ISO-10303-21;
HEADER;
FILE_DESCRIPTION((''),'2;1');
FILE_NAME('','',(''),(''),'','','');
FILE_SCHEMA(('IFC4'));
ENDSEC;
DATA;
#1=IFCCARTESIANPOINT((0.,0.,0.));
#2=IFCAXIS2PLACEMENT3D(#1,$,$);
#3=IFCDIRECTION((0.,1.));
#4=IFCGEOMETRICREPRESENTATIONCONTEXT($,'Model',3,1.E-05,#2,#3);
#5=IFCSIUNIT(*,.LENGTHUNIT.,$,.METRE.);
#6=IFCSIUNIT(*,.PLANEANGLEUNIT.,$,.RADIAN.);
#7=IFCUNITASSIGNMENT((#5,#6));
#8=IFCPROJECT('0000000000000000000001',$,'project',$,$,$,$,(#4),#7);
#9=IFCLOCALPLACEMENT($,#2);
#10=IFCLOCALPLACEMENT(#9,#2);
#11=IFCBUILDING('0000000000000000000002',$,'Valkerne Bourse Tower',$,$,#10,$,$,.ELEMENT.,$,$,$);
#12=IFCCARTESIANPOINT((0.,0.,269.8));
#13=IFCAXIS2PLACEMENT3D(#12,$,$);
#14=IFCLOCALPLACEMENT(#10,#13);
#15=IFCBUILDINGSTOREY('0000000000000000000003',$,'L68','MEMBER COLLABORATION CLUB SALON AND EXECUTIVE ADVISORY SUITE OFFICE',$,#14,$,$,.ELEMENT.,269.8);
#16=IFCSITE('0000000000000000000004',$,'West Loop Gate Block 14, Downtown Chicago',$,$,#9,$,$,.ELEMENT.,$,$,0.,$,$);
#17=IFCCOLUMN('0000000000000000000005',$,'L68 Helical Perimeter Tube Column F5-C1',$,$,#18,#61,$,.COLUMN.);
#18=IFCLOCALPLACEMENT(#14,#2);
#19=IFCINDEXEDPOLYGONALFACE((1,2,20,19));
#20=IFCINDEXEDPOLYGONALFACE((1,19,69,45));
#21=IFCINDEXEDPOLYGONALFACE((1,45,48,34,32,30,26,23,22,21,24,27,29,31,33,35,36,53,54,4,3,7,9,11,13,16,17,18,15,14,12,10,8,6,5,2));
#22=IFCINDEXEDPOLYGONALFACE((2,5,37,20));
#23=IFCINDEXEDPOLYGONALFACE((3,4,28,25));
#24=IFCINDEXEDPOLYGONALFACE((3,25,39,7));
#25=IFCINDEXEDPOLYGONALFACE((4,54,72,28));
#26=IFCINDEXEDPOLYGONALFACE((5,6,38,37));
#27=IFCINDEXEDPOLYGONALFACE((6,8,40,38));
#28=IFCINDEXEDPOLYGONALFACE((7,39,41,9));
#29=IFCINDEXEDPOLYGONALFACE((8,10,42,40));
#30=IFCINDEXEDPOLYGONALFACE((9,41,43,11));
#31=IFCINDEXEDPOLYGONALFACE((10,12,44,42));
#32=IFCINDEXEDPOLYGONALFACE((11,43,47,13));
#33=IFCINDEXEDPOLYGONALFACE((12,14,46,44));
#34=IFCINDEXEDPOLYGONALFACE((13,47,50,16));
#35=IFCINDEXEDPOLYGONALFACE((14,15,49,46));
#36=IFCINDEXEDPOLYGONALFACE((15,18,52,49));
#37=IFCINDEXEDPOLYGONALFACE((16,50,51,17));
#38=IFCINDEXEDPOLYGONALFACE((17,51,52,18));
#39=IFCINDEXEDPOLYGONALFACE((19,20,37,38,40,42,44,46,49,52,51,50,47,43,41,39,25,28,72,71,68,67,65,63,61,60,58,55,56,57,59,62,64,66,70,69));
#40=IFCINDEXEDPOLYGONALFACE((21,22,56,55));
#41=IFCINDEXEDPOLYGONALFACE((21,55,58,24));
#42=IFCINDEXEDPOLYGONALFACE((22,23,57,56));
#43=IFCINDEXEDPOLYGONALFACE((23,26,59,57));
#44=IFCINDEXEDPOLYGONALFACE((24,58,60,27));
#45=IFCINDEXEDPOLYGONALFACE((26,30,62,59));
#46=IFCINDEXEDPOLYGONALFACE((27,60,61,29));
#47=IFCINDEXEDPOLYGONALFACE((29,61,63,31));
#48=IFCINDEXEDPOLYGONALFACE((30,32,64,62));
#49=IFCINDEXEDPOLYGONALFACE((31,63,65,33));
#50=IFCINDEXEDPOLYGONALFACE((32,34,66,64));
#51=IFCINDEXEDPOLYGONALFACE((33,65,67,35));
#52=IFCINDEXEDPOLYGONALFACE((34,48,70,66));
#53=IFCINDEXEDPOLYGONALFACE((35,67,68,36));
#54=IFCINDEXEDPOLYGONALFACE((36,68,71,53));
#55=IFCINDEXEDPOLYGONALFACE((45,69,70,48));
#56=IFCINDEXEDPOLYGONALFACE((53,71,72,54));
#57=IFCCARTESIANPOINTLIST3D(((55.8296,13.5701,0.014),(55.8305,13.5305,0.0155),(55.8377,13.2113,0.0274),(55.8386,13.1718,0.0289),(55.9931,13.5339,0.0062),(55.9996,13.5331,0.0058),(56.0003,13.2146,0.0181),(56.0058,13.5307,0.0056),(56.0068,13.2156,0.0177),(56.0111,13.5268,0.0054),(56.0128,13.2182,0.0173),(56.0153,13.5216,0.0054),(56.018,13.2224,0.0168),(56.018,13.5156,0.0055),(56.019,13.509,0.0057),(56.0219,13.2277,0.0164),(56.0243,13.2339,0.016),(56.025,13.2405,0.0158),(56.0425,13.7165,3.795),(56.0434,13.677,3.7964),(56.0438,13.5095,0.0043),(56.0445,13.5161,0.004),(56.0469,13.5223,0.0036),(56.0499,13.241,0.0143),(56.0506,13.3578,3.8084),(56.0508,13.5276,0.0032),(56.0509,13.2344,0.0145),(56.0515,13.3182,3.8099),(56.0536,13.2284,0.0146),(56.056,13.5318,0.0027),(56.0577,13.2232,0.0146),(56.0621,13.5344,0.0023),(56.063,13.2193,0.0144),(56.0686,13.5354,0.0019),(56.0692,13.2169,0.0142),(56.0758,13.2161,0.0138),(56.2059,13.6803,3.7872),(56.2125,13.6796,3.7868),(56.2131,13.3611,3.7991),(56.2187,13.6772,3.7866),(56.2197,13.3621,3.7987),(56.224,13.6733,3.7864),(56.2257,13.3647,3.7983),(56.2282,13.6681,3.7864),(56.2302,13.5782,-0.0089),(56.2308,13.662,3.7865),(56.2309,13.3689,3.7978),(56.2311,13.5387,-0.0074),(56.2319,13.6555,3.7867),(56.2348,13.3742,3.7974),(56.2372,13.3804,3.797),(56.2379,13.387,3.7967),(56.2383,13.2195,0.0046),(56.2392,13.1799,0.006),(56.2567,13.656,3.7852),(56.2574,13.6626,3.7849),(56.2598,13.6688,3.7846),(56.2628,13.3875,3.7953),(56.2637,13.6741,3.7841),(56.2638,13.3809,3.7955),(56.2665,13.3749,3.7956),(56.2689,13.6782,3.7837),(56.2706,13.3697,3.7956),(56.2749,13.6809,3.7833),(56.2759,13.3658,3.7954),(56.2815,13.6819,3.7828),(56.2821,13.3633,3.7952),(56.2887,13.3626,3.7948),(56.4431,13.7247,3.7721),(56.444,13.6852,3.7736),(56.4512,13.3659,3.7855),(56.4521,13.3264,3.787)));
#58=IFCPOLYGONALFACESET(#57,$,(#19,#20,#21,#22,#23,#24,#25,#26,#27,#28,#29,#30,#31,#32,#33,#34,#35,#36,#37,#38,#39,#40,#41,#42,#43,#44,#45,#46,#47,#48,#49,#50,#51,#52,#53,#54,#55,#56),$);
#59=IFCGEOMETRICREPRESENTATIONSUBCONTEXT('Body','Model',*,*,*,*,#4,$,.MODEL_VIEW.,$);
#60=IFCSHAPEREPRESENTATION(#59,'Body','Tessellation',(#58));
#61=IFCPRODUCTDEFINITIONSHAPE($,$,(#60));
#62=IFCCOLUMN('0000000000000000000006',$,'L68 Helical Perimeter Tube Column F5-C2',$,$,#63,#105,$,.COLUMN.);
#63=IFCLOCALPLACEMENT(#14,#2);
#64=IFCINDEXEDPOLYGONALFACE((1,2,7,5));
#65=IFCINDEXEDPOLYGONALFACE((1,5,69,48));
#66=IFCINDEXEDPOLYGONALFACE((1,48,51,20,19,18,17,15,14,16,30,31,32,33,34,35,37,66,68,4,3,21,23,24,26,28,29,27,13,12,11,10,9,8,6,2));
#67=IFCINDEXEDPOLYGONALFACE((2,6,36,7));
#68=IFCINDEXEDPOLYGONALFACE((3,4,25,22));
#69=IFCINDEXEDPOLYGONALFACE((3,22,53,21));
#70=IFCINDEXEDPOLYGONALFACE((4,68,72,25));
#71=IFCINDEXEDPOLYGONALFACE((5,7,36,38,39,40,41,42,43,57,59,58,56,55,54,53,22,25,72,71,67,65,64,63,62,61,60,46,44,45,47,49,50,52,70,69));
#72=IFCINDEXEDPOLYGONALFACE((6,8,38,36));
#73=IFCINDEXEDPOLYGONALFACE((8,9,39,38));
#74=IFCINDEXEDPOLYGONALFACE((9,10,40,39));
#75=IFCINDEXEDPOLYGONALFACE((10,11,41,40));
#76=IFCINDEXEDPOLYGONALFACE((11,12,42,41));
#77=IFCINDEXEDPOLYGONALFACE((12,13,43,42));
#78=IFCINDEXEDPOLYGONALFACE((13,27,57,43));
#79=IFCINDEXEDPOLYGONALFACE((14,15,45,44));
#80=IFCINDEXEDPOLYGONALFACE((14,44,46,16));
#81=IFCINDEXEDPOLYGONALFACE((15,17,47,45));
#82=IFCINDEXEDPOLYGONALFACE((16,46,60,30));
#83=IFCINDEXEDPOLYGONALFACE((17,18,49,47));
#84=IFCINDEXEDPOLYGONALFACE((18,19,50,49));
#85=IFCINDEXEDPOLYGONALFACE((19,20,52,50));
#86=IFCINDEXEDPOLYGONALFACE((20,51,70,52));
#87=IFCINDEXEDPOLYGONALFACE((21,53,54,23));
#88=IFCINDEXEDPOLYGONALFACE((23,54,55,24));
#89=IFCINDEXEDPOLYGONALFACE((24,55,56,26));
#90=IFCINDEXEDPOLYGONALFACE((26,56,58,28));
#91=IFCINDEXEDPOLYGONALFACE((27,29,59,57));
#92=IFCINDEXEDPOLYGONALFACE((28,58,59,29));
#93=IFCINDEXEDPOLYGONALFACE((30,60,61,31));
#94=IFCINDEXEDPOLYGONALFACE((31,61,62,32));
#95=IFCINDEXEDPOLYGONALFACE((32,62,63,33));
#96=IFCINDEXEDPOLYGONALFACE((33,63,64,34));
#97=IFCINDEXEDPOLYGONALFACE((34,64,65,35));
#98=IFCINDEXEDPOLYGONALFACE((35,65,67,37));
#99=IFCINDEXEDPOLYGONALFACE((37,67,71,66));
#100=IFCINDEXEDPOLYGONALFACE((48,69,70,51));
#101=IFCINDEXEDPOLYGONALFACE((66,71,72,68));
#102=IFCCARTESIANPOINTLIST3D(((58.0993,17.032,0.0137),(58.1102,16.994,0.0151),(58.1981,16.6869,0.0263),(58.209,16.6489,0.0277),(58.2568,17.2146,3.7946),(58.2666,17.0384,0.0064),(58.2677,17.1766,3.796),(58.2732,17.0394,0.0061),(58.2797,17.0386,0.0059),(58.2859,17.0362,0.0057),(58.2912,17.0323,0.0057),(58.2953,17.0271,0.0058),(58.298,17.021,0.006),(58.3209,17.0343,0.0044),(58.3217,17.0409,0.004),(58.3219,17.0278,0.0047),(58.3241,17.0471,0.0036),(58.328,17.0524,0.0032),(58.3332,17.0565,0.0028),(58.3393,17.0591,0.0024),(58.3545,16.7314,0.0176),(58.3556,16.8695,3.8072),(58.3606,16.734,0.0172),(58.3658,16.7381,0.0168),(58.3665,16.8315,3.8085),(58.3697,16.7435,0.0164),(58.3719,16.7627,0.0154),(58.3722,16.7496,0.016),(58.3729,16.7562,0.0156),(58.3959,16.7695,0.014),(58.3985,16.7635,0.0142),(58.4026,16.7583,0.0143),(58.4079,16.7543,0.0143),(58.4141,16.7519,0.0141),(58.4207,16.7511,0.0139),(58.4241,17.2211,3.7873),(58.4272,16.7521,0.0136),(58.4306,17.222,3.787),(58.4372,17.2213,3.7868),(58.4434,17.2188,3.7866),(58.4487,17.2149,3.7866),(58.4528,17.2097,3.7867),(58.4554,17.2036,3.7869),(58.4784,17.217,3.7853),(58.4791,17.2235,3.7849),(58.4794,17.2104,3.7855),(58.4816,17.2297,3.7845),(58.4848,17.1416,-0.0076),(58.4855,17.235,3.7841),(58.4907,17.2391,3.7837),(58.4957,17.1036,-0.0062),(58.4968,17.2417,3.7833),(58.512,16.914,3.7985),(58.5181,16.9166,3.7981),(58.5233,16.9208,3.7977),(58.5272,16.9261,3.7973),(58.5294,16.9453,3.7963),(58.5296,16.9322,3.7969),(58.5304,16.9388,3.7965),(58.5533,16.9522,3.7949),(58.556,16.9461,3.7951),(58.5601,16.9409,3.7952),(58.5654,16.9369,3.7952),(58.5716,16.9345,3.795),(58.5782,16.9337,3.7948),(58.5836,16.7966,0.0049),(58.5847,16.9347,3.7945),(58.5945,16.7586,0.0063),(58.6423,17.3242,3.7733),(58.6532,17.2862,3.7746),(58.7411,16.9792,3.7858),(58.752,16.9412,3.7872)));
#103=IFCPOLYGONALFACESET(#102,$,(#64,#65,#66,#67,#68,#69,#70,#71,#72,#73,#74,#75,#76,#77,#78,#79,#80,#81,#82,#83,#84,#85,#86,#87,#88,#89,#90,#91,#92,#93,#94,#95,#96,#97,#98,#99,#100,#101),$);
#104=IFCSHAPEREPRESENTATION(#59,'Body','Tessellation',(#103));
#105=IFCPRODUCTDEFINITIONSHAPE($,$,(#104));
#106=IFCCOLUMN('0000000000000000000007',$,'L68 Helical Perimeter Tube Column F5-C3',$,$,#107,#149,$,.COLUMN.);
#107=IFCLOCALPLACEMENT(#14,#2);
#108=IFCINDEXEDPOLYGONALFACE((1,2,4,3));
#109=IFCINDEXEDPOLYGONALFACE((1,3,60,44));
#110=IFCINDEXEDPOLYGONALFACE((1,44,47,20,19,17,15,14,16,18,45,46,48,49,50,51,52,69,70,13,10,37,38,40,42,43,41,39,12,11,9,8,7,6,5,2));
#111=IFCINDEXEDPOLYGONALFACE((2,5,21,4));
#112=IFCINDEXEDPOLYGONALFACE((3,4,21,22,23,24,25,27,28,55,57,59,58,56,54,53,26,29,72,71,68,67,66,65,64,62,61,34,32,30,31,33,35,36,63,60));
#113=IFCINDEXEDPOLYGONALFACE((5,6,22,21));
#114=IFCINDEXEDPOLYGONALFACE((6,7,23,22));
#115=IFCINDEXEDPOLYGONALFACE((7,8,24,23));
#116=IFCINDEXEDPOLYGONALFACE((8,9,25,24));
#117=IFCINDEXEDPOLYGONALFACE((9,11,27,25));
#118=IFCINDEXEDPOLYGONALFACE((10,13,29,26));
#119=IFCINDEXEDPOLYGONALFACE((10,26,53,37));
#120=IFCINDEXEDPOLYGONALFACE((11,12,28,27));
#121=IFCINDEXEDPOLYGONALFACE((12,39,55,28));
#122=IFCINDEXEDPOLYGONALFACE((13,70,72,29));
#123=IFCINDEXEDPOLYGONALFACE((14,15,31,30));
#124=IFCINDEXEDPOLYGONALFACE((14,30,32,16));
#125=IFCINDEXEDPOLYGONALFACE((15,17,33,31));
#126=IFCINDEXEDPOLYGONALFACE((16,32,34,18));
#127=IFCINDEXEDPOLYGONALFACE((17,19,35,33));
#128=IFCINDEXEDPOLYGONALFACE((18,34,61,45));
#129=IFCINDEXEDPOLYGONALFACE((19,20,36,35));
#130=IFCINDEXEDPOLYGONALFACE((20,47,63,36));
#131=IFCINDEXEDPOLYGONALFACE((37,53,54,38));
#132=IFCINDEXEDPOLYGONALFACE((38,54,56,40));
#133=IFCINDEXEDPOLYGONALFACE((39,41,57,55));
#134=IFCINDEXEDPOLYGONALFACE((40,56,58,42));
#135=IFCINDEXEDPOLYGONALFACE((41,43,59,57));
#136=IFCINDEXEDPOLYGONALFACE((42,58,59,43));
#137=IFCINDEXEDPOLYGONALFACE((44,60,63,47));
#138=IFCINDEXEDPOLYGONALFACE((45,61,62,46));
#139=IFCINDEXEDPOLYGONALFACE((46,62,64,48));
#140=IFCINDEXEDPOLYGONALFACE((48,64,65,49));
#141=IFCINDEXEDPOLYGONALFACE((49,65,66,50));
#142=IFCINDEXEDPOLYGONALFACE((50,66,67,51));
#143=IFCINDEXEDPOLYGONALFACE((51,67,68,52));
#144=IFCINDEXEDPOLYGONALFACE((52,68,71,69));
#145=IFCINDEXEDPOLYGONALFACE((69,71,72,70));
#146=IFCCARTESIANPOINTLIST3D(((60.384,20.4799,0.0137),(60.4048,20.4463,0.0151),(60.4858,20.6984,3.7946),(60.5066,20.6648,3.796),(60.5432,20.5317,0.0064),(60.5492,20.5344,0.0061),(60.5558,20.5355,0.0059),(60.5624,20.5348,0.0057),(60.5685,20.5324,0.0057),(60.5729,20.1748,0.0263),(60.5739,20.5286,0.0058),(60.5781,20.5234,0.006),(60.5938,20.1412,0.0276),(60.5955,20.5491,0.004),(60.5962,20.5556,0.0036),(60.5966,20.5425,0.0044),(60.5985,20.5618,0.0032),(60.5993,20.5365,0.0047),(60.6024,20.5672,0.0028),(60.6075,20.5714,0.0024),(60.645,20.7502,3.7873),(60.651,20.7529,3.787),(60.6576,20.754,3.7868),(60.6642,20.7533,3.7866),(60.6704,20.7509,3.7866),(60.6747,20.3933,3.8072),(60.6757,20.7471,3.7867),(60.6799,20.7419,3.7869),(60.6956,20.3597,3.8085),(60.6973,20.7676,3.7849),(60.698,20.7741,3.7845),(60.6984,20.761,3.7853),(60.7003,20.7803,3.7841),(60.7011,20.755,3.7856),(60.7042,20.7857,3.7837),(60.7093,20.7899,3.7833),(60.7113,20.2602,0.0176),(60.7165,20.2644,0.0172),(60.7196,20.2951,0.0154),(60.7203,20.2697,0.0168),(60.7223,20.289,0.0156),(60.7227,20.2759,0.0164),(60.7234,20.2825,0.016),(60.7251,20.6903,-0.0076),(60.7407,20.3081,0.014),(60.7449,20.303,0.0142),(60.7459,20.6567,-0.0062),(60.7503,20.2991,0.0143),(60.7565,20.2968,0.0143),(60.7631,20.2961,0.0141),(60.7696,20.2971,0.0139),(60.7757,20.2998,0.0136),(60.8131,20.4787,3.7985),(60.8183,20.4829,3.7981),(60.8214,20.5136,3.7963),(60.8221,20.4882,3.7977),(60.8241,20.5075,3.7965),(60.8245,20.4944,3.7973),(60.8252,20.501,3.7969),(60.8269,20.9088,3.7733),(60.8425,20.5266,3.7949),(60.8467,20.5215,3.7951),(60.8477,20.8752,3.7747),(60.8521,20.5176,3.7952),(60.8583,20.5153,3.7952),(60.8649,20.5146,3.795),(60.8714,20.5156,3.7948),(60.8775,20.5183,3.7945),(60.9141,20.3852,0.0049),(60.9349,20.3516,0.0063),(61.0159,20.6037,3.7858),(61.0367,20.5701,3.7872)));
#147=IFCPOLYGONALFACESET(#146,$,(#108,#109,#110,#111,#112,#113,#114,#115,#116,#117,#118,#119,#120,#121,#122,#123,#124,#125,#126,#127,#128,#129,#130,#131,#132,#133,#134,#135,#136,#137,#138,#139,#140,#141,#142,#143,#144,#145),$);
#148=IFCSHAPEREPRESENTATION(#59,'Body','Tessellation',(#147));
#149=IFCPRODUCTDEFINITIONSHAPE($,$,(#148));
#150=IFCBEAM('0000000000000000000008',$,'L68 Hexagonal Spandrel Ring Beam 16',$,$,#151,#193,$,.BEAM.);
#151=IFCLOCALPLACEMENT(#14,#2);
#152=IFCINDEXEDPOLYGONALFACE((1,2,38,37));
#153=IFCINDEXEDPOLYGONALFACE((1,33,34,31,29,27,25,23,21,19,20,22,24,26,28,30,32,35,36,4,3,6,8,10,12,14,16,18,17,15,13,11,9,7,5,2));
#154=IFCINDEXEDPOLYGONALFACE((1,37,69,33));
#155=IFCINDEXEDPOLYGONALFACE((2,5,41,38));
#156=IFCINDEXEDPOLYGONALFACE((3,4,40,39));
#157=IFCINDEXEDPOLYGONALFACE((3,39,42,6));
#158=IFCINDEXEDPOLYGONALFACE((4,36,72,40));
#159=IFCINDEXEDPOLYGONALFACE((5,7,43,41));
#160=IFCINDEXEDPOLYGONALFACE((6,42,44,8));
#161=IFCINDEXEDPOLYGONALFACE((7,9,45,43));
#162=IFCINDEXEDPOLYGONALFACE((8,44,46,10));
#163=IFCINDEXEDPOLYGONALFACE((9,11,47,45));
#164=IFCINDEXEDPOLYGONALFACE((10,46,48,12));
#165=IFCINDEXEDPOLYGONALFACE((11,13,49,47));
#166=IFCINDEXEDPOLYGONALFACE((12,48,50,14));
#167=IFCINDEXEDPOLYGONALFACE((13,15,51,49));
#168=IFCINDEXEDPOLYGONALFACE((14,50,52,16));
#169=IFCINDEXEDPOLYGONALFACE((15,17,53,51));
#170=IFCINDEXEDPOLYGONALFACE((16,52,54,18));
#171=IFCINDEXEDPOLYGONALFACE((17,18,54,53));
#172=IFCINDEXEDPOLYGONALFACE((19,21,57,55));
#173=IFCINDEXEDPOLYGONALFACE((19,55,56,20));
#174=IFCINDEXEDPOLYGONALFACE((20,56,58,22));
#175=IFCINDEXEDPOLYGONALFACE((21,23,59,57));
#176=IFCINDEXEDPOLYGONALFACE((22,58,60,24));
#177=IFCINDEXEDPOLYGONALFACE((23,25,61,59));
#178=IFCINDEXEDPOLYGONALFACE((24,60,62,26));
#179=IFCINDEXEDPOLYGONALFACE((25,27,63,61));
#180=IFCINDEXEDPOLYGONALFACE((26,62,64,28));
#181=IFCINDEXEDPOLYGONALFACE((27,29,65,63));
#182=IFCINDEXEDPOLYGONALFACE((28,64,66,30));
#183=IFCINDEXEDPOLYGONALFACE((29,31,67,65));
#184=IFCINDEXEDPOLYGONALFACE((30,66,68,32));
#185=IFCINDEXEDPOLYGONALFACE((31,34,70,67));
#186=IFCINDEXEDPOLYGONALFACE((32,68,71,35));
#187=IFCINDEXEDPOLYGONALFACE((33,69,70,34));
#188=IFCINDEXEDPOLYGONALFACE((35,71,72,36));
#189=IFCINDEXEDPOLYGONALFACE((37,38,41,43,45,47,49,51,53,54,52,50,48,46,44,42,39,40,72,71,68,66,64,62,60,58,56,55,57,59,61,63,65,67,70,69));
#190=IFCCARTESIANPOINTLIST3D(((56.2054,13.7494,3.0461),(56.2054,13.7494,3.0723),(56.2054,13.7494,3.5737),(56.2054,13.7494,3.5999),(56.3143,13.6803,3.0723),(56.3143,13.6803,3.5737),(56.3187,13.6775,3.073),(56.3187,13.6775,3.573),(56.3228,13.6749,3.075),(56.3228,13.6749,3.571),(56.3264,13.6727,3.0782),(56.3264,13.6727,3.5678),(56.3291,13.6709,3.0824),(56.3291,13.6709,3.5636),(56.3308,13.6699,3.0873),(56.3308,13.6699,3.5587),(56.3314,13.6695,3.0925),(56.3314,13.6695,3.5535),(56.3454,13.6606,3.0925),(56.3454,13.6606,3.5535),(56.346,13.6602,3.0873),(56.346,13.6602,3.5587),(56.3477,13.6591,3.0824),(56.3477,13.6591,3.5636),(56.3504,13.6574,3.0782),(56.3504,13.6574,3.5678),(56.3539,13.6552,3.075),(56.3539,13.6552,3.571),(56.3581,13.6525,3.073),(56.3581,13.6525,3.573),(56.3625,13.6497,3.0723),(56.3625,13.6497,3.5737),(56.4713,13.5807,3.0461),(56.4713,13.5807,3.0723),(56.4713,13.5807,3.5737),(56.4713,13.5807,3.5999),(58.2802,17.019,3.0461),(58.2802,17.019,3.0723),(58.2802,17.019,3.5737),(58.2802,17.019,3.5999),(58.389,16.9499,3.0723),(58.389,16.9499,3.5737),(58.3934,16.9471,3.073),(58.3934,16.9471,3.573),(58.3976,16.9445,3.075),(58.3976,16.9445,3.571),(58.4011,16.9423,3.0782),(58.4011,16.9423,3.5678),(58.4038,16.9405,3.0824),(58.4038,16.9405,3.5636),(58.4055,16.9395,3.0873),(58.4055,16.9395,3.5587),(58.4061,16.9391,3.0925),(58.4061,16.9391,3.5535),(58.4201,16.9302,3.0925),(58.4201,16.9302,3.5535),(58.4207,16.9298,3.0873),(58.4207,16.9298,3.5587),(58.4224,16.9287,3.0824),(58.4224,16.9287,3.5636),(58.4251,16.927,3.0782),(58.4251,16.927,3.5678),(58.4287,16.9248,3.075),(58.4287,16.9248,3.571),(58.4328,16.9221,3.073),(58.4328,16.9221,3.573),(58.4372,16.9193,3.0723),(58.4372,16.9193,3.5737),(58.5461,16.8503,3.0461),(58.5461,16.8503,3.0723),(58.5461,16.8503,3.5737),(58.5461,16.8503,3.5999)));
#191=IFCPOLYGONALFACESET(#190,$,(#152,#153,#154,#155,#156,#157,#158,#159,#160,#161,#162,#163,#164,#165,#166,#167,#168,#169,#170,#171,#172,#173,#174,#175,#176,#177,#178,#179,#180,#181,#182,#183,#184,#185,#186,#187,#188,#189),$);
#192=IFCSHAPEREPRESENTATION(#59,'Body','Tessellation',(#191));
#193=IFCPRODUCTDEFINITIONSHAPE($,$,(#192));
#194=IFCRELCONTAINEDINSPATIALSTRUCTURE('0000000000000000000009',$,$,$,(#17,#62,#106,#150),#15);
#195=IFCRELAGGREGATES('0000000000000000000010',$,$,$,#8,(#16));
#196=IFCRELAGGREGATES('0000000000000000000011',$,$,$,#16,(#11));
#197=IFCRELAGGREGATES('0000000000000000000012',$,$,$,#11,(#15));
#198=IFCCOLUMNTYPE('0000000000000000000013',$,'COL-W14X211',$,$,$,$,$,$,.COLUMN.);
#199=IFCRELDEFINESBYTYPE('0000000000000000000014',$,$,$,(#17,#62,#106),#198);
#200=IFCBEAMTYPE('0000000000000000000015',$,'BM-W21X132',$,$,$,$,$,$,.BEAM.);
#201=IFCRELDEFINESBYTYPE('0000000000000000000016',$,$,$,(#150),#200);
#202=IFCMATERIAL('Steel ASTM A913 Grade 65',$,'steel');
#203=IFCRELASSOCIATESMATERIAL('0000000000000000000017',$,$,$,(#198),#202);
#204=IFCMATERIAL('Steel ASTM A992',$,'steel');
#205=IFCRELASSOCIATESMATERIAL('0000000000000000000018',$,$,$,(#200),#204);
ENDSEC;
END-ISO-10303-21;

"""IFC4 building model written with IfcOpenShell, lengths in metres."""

from ifc_helpers import new_model, si_unit, direction, frame, origin, origin_2d, place, context, subcontext, project, spatial, i_section, extrude, material, material_profile, profile_set, type_object, element, save


model = new_model("IFC4")

# Units and contexts
model_context = context("Model", 3, precision=1e-05, world=origin(), true_north=direction((0.0, 1.0)))
body_context = subcontext(model_context, "Body", "Model", "MODEL_VIEW")
ifc_project = project(units=[si_unit("LENGTHUNIT", "METRE"), si_unit("PLANEANGLEUNIT", "RADIAN")], contexts=[model_context])

# Site, building, storey
site_placement = place(None, origin())
site = spatial("IfcSite", under=ifc_project, at=site_placement, Name="West Loop Gate Block 14, Downtown Chicago", CompositionType="ELEMENT", RefElevation=0.0)
building_placement = place(site_placement, origin())
building = spatial("IfcBuilding", under=site, at=building_placement, Name="Valkerne Bourse Tower", CompositionType="ELEMENT")
storey_placement = place(building_placement, frame((0.0, 0.0, 269.8)))
storey = spatial("IfcBuildingStorey", under=building, at=storey_placement, Name="L68", Description="MEMBER COLLABORATION CLUB SALON AND EXECUTIVE ADVISORY SUITE OFFICE", CompositionType="ELEMENT", Elevation=269.8)

# Columns
ifc_material_1 = material(Name="Steel ASTM A913 Grade 65", Category="steel")
ifc_material_profile_1 = material_profile(ifc_material_1, i_section(OverallWidth=0.4014, OverallDepth=0.3987, WebThickness=0.0249, FlangeThickness=0.0396, FilletRadius=0.0254, at=origin_2d()), Name="W14X211")
ifc_profile_set_1 = profile_set([ifc_material_profile_1], Name="Steel ASTM A913 Grade 65")
column_type = type_object("IfcColumnType", Name="COL-W14X211", PredefinedType="COLUMN", material=ifc_profile_set_1)
column_placement = place(storey_placement, frame((56.0344, 13.375, 0.01), z_axis=(0.056174, 0.038652, 0.997673), x_axis=(-0.998167, -0.020378, 0.056992)))
element("IfcColumn", 1, at=column_placement, inside=storey, type_object=column_type, Name="L68 Helical Perimeter Tube Column F5-C1", PredefinedType="COLUMN", context=body_context, shape_type="SweptSolid", body=[
    extrude(i_section(OverallWidth=0.4014, OverallDepth=0.3987, WebThickness=0.0249, FlangeThickness=0.0396, FilletRadius=0.0254, at=origin_2d()), origin(), (0.0, 0.0, 1.0), 3.7898),
])
for number, where, z_axis, x_axis, name in (
    (2, (58.3469, 16.8953, 0.01), (0.041563, 0.048201, 0.997973), (-0.960497, -0.27316, 0.053196), "L68 Helical Perimeter Tube Column F5-C2"),
    (3, (60.6594, 20.4158, 0.01), (0.026871, 0.057673, 0.997974), (-0.849929, -0.524206, 0.053179), "L68 Helical Perimeter Tube Column F5-C3"),
):
    element("IfcColumn", number, at=place(storey_placement, frame(where, z_axis=z_axis, x_axis=x_axis)), inside=storey, type_object=column_type, Name=name, PredefinedType="COLUMN", context=body_context, shape_type="SweptSolid", body=[
        extrude(i_section(OverallWidth=0.4014, OverallDepth=0.3987, WebThickness=0.0249, FlangeThickness=0.0396, FilletRadius=0.0254, at=origin_2d()), origin(), (0.0, 0.0, 1.0), 3.7886),
    ])

# Beam
ifc_material_2 = material(Name="Steel ASTM A992", Category="steel")
ifc_material_profile_2 = material_profile(ifc_material_2, i_section(OverallWidth=0.3149, OverallDepth=0.5537, WebThickness=0.0166, FlangeThickness=0.0261, FilletRadius=0.0203, at=origin_2d()), Name="W21X132")
ifc_profile_set_2 = profile_set([ifc_material_profile_2], Name="Steel ASTM A992")
beam_type = type_object("IfcBeamType", Name="BM-W21X132", PredefinedType="BEAM", material=ifc_profile_set_2)
beam_placement = place(storey_placement, frame((56.3384, 13.665, 3.323), z_axis=(0.53579, 0.844351, 0.0), x_axis=(-0.844351, 0.53579, 0.0)))
element("IfcBeam", 4, at=beam_placement, inside=storey, type_object=beam_type, Name="L68 Hexagonal Spandrel Ring Beam 16", PredefinedType="BEAM", context=body_context, shape_type="SweptSolid", body=[
    extrude(i_section(OverallWidth=0.3149, OverallDepth=0.5537, WebThickness=0.0166, FlangeThickness=0.0261, FilletRadius=0.0203, at=origin_2d()), origin(), (0.0, 0.0, 1.0), 3.8723),
])

save(model, "model.ifc")
